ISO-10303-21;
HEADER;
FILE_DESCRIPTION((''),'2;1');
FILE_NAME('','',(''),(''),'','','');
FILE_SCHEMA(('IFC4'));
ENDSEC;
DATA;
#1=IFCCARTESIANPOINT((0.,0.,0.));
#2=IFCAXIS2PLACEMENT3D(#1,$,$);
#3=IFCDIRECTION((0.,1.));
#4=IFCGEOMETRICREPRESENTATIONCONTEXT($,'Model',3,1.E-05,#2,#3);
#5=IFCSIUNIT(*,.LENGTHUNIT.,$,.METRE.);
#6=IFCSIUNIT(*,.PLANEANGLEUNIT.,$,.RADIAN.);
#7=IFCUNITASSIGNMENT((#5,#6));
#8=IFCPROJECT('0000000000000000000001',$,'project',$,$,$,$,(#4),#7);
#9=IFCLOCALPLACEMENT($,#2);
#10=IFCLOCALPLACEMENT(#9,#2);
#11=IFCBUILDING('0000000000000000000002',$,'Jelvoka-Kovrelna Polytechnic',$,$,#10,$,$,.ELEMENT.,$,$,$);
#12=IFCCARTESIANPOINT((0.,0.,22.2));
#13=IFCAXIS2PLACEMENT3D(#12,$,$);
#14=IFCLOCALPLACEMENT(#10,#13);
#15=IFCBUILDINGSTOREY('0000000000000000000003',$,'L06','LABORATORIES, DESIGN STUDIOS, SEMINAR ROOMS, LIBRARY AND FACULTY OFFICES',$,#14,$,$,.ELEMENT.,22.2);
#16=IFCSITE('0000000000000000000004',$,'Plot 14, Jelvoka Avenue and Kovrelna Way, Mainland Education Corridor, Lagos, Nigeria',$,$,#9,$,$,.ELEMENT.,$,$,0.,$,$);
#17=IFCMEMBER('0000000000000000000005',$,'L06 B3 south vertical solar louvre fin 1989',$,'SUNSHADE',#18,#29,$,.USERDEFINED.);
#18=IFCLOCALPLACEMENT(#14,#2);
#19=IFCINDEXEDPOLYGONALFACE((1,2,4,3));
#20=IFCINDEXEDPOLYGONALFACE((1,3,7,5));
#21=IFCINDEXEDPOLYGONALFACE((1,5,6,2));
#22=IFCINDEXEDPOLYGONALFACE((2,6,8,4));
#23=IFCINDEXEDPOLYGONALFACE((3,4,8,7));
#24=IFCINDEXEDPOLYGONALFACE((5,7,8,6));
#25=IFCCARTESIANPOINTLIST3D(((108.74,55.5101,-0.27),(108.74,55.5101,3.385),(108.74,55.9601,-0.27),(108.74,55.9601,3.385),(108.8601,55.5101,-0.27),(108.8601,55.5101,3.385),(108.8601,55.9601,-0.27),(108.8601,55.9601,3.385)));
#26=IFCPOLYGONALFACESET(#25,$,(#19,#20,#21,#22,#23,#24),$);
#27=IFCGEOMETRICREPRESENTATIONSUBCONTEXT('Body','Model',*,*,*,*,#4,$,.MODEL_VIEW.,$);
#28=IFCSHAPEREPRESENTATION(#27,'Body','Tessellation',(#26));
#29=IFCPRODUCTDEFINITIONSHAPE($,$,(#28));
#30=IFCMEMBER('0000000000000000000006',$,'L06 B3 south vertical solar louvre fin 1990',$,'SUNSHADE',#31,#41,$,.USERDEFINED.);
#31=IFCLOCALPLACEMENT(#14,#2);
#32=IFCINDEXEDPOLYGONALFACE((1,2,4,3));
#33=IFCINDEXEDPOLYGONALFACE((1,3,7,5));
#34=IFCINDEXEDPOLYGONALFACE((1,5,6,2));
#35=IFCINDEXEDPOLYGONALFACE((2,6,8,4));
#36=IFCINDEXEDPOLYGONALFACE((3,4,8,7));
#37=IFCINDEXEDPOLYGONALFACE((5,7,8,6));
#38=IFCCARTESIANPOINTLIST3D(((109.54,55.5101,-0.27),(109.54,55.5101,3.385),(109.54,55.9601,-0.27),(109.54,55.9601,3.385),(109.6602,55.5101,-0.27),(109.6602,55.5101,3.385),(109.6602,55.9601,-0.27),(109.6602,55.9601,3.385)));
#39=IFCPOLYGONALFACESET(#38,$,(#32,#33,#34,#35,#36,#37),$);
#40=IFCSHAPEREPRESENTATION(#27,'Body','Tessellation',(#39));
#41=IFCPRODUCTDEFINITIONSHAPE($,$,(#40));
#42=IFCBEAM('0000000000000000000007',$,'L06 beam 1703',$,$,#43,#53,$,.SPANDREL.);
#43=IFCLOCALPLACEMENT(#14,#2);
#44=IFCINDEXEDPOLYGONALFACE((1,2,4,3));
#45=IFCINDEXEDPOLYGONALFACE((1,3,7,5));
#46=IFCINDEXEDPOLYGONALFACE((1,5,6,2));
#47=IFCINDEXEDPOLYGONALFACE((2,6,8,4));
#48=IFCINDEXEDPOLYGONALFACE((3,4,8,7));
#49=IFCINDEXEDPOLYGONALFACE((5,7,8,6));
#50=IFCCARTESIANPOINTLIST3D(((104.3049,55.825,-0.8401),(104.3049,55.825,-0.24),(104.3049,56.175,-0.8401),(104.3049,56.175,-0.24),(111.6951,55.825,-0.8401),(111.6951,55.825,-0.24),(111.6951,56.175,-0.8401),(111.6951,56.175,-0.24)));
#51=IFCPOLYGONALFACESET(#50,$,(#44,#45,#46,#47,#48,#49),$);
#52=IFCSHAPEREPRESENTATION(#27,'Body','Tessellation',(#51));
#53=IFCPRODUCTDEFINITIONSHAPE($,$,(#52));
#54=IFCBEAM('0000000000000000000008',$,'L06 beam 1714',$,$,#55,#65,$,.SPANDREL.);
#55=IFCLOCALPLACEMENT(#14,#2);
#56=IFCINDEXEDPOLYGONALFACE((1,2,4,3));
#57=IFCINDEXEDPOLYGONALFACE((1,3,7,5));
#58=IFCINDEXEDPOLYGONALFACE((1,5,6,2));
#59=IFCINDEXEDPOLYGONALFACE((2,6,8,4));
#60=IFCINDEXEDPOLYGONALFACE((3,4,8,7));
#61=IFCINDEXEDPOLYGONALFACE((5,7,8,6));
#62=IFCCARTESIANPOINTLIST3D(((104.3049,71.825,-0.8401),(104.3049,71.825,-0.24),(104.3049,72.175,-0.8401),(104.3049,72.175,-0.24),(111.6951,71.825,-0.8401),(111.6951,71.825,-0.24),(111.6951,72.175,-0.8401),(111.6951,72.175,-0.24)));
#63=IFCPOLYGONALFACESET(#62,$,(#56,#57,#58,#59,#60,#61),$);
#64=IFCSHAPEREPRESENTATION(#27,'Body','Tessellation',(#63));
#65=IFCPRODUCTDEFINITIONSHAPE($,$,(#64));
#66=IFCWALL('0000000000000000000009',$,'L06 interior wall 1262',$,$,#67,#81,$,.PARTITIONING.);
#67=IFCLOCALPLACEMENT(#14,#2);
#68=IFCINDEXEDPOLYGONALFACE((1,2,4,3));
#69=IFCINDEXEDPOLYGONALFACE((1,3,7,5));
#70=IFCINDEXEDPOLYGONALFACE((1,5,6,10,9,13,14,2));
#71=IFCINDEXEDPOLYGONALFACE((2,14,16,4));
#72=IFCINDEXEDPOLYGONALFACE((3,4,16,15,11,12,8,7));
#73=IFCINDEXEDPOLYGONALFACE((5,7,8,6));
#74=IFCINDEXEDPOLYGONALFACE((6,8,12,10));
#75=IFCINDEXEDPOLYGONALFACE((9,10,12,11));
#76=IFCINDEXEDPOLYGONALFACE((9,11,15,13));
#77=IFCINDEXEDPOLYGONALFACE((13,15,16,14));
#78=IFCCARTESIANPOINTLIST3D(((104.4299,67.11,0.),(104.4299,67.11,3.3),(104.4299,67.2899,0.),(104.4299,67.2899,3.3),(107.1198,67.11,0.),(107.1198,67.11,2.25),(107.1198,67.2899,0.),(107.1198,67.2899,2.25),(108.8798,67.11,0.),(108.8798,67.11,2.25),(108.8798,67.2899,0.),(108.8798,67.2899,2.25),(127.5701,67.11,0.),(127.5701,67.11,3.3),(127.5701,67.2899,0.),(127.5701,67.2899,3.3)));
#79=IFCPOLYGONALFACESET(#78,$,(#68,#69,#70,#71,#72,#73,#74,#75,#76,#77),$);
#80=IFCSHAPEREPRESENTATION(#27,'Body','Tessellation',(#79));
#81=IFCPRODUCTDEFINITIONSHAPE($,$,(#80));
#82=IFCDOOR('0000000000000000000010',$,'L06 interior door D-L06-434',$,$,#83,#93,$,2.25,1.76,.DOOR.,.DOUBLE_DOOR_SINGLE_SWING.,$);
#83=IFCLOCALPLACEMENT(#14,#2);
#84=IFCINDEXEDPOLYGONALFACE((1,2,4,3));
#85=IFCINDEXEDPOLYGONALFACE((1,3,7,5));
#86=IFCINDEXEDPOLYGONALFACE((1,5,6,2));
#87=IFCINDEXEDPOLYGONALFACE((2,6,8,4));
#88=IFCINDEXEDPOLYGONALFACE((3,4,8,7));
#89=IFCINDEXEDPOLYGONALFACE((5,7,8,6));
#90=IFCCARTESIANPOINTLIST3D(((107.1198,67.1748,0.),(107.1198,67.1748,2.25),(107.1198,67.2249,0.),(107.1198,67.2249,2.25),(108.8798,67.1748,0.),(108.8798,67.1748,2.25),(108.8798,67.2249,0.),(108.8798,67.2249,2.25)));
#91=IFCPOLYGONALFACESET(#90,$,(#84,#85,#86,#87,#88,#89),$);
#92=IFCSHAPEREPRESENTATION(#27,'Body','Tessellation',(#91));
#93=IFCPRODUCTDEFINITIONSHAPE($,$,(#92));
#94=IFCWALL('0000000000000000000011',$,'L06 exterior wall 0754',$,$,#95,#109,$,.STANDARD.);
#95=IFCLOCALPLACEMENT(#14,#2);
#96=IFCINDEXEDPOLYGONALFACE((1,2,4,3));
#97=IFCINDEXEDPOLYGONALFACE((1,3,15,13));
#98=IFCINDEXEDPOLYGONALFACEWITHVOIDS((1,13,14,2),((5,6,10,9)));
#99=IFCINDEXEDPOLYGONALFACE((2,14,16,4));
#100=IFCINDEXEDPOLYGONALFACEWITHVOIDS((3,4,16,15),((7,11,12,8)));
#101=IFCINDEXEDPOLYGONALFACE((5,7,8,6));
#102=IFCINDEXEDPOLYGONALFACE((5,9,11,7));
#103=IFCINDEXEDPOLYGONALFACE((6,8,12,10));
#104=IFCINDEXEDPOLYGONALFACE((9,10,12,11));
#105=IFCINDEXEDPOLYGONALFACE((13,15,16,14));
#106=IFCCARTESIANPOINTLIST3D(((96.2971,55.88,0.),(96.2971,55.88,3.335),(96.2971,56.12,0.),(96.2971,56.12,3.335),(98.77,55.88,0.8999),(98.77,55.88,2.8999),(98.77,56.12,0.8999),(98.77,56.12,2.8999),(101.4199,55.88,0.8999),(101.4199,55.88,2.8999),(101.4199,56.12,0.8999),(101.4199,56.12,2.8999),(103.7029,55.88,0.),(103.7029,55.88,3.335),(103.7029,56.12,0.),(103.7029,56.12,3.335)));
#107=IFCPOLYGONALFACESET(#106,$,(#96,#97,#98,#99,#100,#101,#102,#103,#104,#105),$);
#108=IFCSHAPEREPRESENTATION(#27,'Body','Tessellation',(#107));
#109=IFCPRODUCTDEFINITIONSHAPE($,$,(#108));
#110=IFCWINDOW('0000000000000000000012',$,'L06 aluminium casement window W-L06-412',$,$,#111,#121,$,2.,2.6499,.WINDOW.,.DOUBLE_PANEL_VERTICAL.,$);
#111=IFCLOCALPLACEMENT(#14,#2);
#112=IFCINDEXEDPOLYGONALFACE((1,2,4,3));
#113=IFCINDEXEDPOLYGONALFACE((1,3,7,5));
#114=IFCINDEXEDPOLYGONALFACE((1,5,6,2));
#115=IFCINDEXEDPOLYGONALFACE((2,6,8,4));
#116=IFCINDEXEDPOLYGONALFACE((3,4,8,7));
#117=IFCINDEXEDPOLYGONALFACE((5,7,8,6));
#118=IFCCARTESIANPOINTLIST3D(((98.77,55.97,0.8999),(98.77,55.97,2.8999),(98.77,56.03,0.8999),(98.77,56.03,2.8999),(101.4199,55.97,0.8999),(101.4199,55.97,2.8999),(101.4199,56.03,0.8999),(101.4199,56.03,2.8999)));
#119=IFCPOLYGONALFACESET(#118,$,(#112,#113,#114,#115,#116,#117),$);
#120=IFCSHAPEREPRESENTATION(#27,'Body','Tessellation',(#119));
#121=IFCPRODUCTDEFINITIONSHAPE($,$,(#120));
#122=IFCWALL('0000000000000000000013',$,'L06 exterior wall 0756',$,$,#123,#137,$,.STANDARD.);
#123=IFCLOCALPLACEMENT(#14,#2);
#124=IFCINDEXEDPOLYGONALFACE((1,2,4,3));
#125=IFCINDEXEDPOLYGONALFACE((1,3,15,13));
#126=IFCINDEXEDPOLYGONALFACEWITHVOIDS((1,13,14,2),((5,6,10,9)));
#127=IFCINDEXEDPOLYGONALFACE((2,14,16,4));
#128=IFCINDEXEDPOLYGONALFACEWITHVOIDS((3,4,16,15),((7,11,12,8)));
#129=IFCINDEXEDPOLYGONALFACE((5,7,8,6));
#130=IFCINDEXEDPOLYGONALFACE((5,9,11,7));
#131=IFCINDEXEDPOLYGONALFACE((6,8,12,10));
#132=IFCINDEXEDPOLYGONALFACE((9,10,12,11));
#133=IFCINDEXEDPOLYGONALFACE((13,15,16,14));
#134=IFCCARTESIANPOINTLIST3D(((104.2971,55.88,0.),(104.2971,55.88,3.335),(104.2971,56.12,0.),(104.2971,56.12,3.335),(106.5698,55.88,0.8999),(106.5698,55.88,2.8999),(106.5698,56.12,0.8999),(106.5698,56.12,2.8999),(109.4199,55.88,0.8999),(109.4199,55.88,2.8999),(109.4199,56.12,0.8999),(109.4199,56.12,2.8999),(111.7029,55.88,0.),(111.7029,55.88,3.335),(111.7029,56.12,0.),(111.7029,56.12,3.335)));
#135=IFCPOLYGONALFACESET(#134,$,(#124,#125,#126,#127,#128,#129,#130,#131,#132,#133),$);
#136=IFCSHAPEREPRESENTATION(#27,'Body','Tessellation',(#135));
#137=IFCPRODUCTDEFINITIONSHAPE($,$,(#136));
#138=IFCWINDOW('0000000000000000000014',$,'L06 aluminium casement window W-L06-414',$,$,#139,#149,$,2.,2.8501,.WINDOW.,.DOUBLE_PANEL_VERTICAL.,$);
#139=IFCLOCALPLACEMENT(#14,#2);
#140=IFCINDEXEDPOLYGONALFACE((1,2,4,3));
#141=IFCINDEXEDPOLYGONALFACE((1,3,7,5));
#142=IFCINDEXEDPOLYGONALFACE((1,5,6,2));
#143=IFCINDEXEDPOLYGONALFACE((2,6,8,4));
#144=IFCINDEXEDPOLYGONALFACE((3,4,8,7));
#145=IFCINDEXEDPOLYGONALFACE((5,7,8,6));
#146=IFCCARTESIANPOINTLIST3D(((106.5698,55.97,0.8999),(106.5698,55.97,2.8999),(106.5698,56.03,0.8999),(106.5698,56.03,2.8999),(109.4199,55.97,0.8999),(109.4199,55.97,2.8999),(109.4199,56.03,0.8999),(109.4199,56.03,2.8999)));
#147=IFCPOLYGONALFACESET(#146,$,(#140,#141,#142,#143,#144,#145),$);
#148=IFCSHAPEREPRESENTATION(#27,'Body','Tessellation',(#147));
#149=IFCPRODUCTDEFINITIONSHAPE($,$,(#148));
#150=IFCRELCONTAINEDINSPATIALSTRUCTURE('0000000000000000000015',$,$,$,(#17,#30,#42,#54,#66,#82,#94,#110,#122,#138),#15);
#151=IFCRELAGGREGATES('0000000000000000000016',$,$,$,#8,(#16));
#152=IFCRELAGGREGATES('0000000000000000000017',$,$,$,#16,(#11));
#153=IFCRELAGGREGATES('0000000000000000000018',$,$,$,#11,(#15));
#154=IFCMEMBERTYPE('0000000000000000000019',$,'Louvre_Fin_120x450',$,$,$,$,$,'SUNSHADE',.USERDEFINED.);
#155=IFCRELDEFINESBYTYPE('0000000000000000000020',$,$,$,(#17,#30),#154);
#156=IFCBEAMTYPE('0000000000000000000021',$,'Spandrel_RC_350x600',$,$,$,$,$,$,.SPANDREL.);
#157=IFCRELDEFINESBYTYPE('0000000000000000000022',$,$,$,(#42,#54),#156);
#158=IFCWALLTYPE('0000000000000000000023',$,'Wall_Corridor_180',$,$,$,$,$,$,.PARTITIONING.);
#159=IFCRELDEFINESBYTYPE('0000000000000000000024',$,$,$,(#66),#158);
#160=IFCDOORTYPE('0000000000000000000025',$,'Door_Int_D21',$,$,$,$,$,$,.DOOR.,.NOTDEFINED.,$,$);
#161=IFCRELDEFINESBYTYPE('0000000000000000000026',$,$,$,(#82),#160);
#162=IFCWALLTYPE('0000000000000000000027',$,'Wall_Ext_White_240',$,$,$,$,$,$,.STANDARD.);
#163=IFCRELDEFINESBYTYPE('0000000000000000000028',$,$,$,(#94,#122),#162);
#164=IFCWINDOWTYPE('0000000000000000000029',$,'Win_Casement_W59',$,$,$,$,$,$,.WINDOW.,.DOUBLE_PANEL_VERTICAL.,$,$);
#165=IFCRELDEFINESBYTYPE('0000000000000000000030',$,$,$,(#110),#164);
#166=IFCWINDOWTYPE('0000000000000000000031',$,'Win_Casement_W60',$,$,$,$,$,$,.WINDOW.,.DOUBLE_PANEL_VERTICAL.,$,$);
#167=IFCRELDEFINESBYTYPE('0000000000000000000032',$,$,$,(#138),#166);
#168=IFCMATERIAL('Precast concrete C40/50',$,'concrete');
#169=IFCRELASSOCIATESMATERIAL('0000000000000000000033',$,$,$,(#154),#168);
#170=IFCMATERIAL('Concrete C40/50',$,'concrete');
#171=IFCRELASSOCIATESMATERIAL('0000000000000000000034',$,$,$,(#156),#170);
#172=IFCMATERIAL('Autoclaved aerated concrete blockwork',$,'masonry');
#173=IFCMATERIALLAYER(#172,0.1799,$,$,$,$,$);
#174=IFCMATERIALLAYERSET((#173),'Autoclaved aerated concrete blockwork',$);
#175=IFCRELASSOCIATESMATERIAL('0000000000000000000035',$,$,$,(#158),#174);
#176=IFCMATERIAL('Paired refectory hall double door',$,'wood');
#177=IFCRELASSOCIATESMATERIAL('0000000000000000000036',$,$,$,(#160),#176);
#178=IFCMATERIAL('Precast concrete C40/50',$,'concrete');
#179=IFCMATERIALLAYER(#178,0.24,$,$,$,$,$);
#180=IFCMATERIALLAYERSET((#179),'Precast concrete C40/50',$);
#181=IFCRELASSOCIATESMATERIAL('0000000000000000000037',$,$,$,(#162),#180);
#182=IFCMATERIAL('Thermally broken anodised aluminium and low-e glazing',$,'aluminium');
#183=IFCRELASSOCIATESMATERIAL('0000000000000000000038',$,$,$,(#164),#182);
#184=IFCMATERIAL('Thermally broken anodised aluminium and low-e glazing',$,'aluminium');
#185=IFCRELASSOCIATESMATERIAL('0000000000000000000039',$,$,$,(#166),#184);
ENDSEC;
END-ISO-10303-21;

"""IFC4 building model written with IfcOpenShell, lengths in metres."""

from ifc_helpers import new_model, si_unit, direction, frame, frame_2d, origin, origin_2d, place, context, subcontext, project, spatial, rectangle, extrude, material, layer, layer_set, material_profile, profile_set, type_object, element, fill, save


model = new_model("IFC4")

# Units and contexts
model_context = context("Model", 3, precision=1e-05, world=origin(), true_north=direction((0.0, 1.0)))
body_context = subcontext(model_context, "Body", "Model", "MODEL_VIEW")
ifc_project = project(units=[si_unit("LENGTHUNIT", "METRE"), si_unit("PLANEANGLEUNIT", "RADIAN")], contexts=[model_context])

# Site, building, storey
site_placement = place(None, origin())
site = spatial("IfcSite", under=ifc_project, at=site_placement, Name="Plot 14, Jelvoka Avenue and Kovrelna Way, Mainland Education Corridor, Lagos, Nigeria", CompositionType="ELEMENT", RefElevation=0.0)
building_placement = place(site_placement, origin())
building = spatial("IfcBuilding", under=site, at=building_placement, Name="Jelvoka-Kovrelna Polytechnic", CompositionType="ELEMENT")
storey_placement = place(building_placement, frame((0.0, 0.0, 22.2)))
storey = spatial("IfcBuildingStorey", under=building, at=storey_placement, Name="L06", Description="LABORATORIES, DESIGN STUDIOS, SEMINAR ROOMS, LIBRARY AND FACULTY OFFICES", CompositionType="ELEMENT", Elevation=22.2)

# Members
ifc_material_1 = material(Name="Precast concrete C40/50", Category="concrete")
ifc_material_profile_1 = material_profile(ifc_material_1, rectangle(XDim=0.1201, YDim=0.45, at=origin_2d()), Name="PC 120x450")
ifc_profile_set_1 = profile_set([ifc_material_profile_1], Name="Precast concrete C40/50")
member_type_1 = type_object("IfcMemberType", Name="Louvre_Fin_120x450", ElementType="SUNSHADE", PredefinedType="USERDEFINED", material=ifc_profile_set_1)
for number, where, z_axis, x_axis, name in (
    (1, (108.8, 55.7351, -0.27), (0.0, 0.0, 1.0), (1.0, 0.0, 0.0), "L06 B3 south vertical solar louvre fin 1989"),
    (2, (109.6001, 55.7351, -0.27), (0.0, 0.0, 1.0), (1.0, 0.0, 0.0), "L06 B3 south vertical solar louvre fin 1990"),
):
    element("IfcMember", number, at=place(storey_placement, frame(where, z_axis=z_axis, x_axis=x_axis)), inside=storey, type_object=member_type_1, Name=name, ObjectType="SUNSHADE", PredefinedType="USERDEFINED", context=body_context, shape_type="SweptSolid", body=[
        extrude(rectangle(XDim=0.1201, YDim=0.45, at=origin_2d()), origin(), (0.0, 0.0, 1.0), 3.655),
    ])

# Beams
ifc_material_2 = material(Name="Concrete C40/50", Category="concrete")
ifc_material_profile_2 = material_profile(ifc_material_2, rectangle(XDim=0.3501, YDim=0.6001, at=origin_2d()), Name="RC 350x600")
ifc_profile_set_2 = profile_set([ifc_material_profile_2], Name="Concrete C40/50")
beam_type_1 = type_object("IfcBeamType", Name="Spandrel_RC_350x600", PredefinedType="SPANDREL", material=ifc_profile_set_2)
for number, where, z_axis, x_axis, name in (
    (3, (104.3049, 56.0, -0.54), (1.0, 0.0, 0.0), (0.0, 1.0, 0.0), "L06 beam 1703"),
    (4, (104.3049, 72.0, -0.54), (1.0, 0.0, 0.0), (0.0, 1.0, 0.0), "L06 beam 1714"),
):
    element("IfcBeam", number, at=place(storey_placement, frame(where, z_axis=z_axis, x_axis=x_axis)), inside=storey, type_object=beam_type_1, Name=name, PredefinedType="SPANDREL", context=body_context, shape_type="SweptSolid", body=[
        extrude(rectangle(XDim=0.3501, YDim=0.6001, at=origin_2d()), origin(), (0.0, 0.0, 1.0), 7.3901),
    ])

# Wall, opening, door
ifc_material_3 = material(Name="Autoclaved aerated concrete blockwork", Category="masonry")
ifc_layer_1 = layer(ifc_material_3, 0.1799)
ifc_layer_set_1 = layer_set([ifc_layer_1], Name="Autoclaved aerated concrete blockwork")
wall_type_1 = type_object("IfcWallType", Name="Wall_Corridor_180", PredefinedType="PARTITIONING", material=ifc_layer_set_1)
wall_1_placement = place(storey_placement, frame((104.4299, 67.2, 0.0), z_axis=(0.0, 0.0, 1.0), x_axis=(1.0, 0.0, 0.0)))
wall_1 = element("IfcWall", 5, at=wall_1_placement, inside=storey, type_object=wall_type_1, Name="L06 interior wall 1262", PredefinedType="PARTITIONING", context=body_context, shape_type="SweptSolid", body=[
    extrude(rectangle(XDim=23.1401, YDim=0.1799, at=frame_2d((11.5701, 0.0))), origin(), (0.0, 0.0, 1.0), 3.3),
])
opening_1_placement = place(wall_1_placement, frame((2.6899, 0.0, 0.0)))
opening_1 = element("IfcOpeningElement", 6, at=opening_1_placement, cuts=wall_1, PredefinedType="OPENING", context=body_context, shape_type="SweptSolid", body=[
    extrude(rectangle(XDim=1.76, YDim=2.25, at=frame_2d((0.8799, 1.125))), frame((0.0, 0.0999, 0.0), z_axis=(0.0, -1.0, 0.0), x_axis=(1.0, 0.0, 0.0)), (0.0, 0.0, 1.0), 0.2),
])
ifc_material_4 = material(Name="Paired refectory hall double door", Category="wood")
door_type = type_object("IfcDoorType", Name="Door_Int_D21", OperationType="NOTDEFINED", PredefinedType="DOOR", material=ifc_material_4)
door_placement = place(opening_1_placement, origin())
door = element("IfcDoor", 7, at=door_placement, inside=storey, type_object=door_type, Name="L06 interior door D-L06-434", OperationType="DOUBLE_DOOR_SINGLE_SWING", OverallHeight=2.25, OverallWidth=1.76, PredefinedType="DOOR", context=body_context, shape_type="SweptSolid", body=[
    extrude(rectangle(XDim=1.76, YDim=2.25, at=frame_2d((0.8799, 1.125))), frame((0.0, 0.0249, 0.0), z_axis=(0.0, -1.0, 0.0), x_axis=(1.0, 0.0, 0.0)), (0.0, 0.0, 1.0), 0.05),
])
fill(opening_1, door)

# Walls, openings, windows
ifc_material_5 = material(Name="Precast concrete C40/50", Category="concrete")
ifc_layer_2 = layer(ifc_material_5, 0.24)
ifc_layer_set_2 = layer_set([ifc_layer_2], Name="Precast concrete C40/50")
wall_type_2 = type_object("IfcWallType", Name="Wall_Ext_White_240", PredefinedType="STANDARD", material=ifc_layer_set_2)
wall_2_placement = place(storey_placement, frame((103.7029, 56.0, 0.0), z_axis=(0.0, 0.0, 1.0), x_axis=(-1.0, 0.0, 0.0)))
wall_2 = element("IfcWall", 8, at=wall_2_placement, inside=storey, type_object=wall_type_2, Name="L06 exterior wall 0754", PredefinedType="STANDARD", context=body_context, shape_type="SweptSolid", body=[
    extrude(rectangle(XDim=7.4058, YDim=0.24, at=frame_2d((3.7029, 0.0))), origin(), (0.0, 0.0, 1.0), 3.335),
])
opening_2_placement = place(wall_2_placement, frame((2.283, 0.0, 0.8999)))
opening_2 = element("IfcOpeningElement", 9, at=opening_2_placement, cuts=wall_2, PredefinedType="OPENING", context=body_context, shape_type="SweptSolid", body=[
    extrude(rectangle(XDim=2.6499, YDim=2.0, at=frame_2d((1.325, 1.0))), frame((0.0, 0.1301, 0.0), z_axis=(0.0, -1.0, 0.0), x_axis=(1.0, 0.0, 0.0)), (0.0, 0.0, 1.0), 0.26),
])
ifc_material_6 = material(Name="Thermally broken anodised aluminium and low-e glazing", Category="aluminium")
window_type_1 = type_object("IfcWindowType", Name="Win_Casement_W59", PartitioningType="DOUBLE_PANEL_VERTICAL", PredefinedType="WINDOW", material=ifc_material_6)
window_1_placement = place(opening_2_placement, origin())
window_1 = element("IfcWindow", 10, at=window_1_placement, inside=storey, type_object=window_type_1, Name="L06 aluminium casement window W-L06-412", OverallHeight=2.0, OverallWidth=2.6499, PartitioningType="DOUBLE_PANEL_VERTICAL", PredefinedType="WINDOW", context=body_context, shape_type="SweptSolid", body=[
    extrude(rectangle(XDim=2.6499, YDim=2.0, at=frame_2d((1.325, 1.0))), frame((0.0, 0.03, 0.0), z_axis=(0.0, -1.0, 0.0), x_axis=(1.0, 0.0, 0.0)), (0.0, 0.0, 1.0), 0.0601),
])
fill(opening_2, window_1)
wall_3_placement = place(storey_placement, frame((111.7029, 56.0, 0.0), z_axis=(0.0, 0.0, 1.0), x_axis=(-1.0, 0.0, 0.0)))
wall_3 = element("IfcWall", 11, at=wall_3_placement, inside=storey, type_object=wall_type_2, Name="L06 exterior wall 0756", PredefinedType="STANDARD", context=body_context, shape_type="SweptSolid", body=[
    extrude(rectangle(XDim=7.4058, YDim=0.24, at=frame_2d((3.7029, 0.0))), origin(), (0.0, 0.0, 1.0), 3.335),
])
opening_3_placement = place(wall_3_placement, frame((2.283, 0.0, 0.8999)))
opening_3 = element("IfcOpeningElement", 12, at=opening_3_placement, cuts=wall_3, PredefinedType="OPENING", context=body_context, shape_type="SweptSolid", body=[
    extrude(rectangle(XDim=2.8501, YDim=2.0, at=frame_2d((1.425, 1.0))), frame((0.0, 0.1301, 0.0), z_axis=(0.0, -1.0, 0.0), x_axis=(1.0, 0.0, 0.0)), (0.0, 0.0, 1.0), 0.26),
])
ifc_material_7 = material(Name="Thermally broken anodised aluminium and low-e glazing", Category="aluminium")
window_type_2 = type_object("IfcWindowType", Name="Win_Casement_W60", PartitioningType="DOUBLE_PANEL_VERTICAL", PredefinedType="WINDOW", material=ifc_material_7)
window_2_placement = place(opening_3_placement, origin())
window_2 = element("IfcWindow", 13, at=window_2_placement, inside=storey, type_object=window_type_2, Name="L06 aluminium casement window W-L06-414", OverallHeight=2.0, OverallWidth=2.8501, PartitioningType="DOUBLE_PANEL_VERTICAL", PredefinedType="WINDOW", context=body_context, shape_type="SweptSolid", body=[
    extrude(rectangle(XDim=2.8501, YDim=2.0, at=frame_2d((1.425, 1.0))), frame((0.0, 0.03, 0.0), z_axis=(0.0, -1.0, 0.0), x_axis=(1.0, 0.0, 0.0)), (0.0, 0.0, 1.0), 0.0601),
])
fill(opening_3, window_2)

save(model, "model.ifc")
